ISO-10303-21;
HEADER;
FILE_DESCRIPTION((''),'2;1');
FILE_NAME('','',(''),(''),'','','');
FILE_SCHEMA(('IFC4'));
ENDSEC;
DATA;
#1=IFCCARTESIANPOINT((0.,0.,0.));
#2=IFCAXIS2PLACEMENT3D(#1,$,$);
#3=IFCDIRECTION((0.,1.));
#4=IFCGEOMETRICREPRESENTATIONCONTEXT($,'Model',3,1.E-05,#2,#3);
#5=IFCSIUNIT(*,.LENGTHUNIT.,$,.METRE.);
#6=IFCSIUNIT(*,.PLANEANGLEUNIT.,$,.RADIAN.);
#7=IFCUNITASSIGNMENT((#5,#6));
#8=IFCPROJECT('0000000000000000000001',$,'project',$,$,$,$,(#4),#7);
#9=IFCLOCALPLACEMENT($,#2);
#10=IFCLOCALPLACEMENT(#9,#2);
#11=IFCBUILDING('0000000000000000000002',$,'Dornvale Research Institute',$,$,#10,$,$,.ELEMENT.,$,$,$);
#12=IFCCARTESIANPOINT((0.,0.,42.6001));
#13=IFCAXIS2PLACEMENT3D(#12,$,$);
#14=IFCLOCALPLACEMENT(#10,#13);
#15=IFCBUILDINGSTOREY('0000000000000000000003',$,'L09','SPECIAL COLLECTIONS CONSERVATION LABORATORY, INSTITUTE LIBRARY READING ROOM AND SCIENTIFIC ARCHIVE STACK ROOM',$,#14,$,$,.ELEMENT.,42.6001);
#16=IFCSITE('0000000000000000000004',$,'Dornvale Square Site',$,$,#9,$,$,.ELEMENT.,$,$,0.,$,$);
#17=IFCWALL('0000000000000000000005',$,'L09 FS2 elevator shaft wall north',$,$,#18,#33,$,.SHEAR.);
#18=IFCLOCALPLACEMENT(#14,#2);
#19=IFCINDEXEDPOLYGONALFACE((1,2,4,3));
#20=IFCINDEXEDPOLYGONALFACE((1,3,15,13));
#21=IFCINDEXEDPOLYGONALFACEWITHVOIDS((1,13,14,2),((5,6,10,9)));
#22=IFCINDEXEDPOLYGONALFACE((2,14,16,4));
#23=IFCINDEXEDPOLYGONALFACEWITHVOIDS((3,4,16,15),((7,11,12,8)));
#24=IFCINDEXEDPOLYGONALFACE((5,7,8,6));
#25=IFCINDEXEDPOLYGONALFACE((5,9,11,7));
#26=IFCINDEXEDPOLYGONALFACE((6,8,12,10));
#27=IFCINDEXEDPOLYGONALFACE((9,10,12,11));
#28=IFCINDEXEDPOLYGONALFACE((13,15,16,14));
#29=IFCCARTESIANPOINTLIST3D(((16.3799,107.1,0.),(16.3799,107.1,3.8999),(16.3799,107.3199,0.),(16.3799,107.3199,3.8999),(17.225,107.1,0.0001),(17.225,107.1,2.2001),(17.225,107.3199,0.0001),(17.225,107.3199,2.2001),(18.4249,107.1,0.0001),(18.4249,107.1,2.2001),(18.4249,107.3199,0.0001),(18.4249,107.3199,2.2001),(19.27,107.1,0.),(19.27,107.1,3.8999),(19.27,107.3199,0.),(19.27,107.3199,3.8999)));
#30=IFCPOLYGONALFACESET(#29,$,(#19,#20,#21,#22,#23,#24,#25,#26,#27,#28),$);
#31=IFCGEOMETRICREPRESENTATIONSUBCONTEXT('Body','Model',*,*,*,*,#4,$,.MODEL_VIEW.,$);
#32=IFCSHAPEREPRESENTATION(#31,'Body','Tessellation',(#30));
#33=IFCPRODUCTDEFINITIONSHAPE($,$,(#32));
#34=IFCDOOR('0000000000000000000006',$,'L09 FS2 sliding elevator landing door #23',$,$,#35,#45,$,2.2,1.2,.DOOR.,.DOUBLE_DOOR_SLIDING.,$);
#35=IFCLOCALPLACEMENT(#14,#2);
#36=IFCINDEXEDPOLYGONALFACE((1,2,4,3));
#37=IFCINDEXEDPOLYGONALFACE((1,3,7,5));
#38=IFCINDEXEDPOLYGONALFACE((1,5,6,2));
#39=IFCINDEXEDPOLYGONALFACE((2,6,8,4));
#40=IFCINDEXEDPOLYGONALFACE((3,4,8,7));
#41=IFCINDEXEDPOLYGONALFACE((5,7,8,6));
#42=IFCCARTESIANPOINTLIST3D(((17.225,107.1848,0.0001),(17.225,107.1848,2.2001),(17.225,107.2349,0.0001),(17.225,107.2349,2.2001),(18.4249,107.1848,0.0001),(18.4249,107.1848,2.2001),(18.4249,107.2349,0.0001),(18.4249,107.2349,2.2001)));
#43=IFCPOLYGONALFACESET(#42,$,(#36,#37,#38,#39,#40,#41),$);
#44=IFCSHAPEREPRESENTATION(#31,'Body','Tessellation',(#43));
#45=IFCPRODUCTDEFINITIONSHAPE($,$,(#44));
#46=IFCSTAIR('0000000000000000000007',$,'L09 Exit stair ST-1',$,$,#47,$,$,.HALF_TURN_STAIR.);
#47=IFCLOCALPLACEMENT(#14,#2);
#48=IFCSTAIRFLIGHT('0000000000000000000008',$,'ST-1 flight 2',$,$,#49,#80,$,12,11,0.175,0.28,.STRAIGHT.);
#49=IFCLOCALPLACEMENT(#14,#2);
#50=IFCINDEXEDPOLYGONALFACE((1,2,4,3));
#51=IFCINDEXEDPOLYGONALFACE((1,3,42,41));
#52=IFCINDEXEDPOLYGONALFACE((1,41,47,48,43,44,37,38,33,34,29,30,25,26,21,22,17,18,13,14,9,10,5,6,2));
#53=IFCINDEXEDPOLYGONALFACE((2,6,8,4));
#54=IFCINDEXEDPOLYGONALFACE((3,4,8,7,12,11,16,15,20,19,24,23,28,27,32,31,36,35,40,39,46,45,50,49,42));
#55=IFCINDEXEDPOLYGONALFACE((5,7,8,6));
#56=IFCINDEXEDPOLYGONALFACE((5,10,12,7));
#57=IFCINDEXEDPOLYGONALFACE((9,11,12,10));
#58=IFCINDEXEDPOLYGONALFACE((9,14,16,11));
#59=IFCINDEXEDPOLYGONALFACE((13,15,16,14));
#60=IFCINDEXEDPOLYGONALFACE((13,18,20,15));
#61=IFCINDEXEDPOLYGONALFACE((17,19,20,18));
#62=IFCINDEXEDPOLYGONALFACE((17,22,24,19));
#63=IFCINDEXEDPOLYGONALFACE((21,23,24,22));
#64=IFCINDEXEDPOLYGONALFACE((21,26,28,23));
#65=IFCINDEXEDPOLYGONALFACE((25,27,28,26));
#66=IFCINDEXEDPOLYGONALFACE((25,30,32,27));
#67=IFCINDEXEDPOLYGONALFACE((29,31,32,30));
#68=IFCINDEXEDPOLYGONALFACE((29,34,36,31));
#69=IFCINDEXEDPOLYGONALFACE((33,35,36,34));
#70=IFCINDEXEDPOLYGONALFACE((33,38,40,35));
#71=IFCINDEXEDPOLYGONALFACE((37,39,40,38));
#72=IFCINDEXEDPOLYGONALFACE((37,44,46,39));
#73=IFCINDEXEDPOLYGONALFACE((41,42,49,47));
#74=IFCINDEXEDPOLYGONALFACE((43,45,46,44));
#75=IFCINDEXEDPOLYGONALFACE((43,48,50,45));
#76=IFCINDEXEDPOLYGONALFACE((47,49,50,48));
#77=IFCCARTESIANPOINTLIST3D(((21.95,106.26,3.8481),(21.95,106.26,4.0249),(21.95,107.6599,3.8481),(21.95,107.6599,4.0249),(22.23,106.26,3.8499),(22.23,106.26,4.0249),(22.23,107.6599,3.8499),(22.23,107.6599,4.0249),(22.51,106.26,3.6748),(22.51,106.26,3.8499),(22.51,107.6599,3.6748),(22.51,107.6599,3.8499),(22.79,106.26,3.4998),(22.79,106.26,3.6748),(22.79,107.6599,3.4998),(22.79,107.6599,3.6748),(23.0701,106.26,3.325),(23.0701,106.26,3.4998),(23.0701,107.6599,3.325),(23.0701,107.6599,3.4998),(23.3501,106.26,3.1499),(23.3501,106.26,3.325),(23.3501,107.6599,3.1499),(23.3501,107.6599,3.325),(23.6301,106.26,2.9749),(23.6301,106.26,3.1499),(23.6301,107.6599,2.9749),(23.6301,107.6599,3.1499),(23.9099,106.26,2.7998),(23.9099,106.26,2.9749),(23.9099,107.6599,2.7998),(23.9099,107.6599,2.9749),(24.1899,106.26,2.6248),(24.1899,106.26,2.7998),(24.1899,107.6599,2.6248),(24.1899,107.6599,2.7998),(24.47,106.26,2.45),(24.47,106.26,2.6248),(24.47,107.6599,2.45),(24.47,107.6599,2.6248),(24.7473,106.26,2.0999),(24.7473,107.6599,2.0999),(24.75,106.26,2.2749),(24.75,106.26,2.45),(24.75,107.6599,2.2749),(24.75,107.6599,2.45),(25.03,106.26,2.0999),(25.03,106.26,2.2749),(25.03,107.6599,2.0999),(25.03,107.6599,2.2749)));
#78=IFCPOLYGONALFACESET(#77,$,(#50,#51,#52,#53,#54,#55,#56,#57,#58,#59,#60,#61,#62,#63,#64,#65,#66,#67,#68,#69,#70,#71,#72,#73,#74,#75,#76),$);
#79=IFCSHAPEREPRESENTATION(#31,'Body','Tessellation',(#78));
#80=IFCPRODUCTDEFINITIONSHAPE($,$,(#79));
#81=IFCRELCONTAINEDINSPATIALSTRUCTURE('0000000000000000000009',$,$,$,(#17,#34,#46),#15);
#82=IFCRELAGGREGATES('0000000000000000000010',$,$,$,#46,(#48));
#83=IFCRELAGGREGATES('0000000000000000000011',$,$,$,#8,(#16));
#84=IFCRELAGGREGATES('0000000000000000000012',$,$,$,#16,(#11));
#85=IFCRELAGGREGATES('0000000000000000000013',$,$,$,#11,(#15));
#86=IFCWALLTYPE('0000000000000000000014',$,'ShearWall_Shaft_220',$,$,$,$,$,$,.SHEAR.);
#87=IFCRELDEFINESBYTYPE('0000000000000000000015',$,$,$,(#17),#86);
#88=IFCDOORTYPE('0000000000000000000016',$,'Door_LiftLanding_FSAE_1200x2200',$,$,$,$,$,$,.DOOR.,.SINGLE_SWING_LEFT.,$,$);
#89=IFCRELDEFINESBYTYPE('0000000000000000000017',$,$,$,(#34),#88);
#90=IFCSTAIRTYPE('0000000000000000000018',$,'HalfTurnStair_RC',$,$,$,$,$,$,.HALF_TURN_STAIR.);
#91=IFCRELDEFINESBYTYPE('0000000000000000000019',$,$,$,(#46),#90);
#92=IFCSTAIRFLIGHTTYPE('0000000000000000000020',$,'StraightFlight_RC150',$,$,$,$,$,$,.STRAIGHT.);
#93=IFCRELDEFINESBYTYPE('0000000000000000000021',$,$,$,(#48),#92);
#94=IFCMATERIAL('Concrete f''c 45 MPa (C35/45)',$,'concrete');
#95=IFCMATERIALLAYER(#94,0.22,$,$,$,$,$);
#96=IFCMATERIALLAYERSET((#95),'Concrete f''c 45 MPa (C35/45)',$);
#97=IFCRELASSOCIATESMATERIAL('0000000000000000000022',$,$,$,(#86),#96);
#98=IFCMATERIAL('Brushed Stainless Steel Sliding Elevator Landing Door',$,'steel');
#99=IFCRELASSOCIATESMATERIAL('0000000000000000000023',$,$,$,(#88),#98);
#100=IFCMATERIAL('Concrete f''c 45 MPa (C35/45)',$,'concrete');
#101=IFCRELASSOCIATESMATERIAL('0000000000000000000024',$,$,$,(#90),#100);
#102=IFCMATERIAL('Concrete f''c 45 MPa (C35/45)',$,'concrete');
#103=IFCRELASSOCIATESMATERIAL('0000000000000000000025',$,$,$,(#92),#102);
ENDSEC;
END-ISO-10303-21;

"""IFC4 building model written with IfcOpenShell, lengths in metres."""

from ifc_helpers import new_model, si_unit, direction, frame, frame_2d, origin, place, context, subcontext, project, spatial, polyline, rectangle, outline, extrude, material, layer, layer_set, type_object, element, fill, aggregate, save


model = new_model("IFC4")

# Units and contexts
model_context = context("Model", 3, precision=1e-05, world=origin(), true_north=direction((0.0, 1.0)))
body_context = subcontext(model_context, "Body", "Model", "MODEL_VIEW")
ifc_project = project(units=[si_unit("LENGTHUNIT", "METRE"), si_unit("PLANEANGLEUNIT", "RADIAN")], contexts=[model_context])

# Site, building, storey
site_placement = place(None, origin())
site = spatial("IfcSite", under=ifc_project, at=site_placement, Name="Dornvale Square Site", CompositionType="ELEMENT", RefElevation=0.0)
building_placement = place(site_placement, origin())
building = spatial("IfcBuilding", under=site, at=building_placement, Name="Dornvale Research Institute", CompositionType="ELEMENT")
storey_placement = place(building_placement, frame((0.0, 0.0, 42.6001)))
storey = spatial("IfcBuildingStorey", under=building, at=storey_placement, Name="L09", Description="SPECIAL COLLECTIONS CONSERVATION LABORATORY, INSTITUTE LIBRARY READING ROOM AND SCIENTIFIC ARCHIVE STACK ROOM", CompositionType="ELEMENT", Elevation=42.6001)

# Wall, opening, door
ifc_material_1 = material(Name="Concrete f'c 45 MPa (C35/45)", Category="concrete")
ifc_layer_1 = layer(ifc_material_1, 0.22)
ifc_layer_set_1 = layer_set([ifc_layer_1], Name="Concrete f'c 45 MPa (C35/45)")
wall_type_1 = type_object("IfcWallType", Name="ShearWall_Shaft_220", PredefinedType="SHEAR", material=ifc_layer_set_1)
ifc_material_2 = material(Name="Brushed Stainless Steel Sliding Elevator Landing Door", Category="steel")
door_type = type_object("IfcDoorType", Name="Door_LiftLanding_FSAE_1200x2200", OperationType="SINGLE_SWING_LEFT", PredefinedType="DOOR", material=ifc_material_2)
wall_1_placement = place(storey_placement, frame((16.3799, 107.21, 0.0), z_axis=(0.0, 0.0, 1.0), x_axis=(1.0, 0.0, 0.0)))
wall_1 = element("IfcWall", 1, at=wall_1_placement, inside=storey, type_object=wall_type_1, Name="L09 FS2 elevator shaft wall north", PredefinedType="SHEAR", context=body_context, shape_type="SweptSolid", body=[
    extrude(rectangle(XDim=2.8901, YDim=0.22, at=frame_2d((1.4451, 0.0))), origin(), (0.0, 0.0, 1.0), 3.8999),
])
opening_1_placement = place(wall_1_placement, frame((0.845, 0.0, 0.0)))
opening_1 = element("IfcOpeningElement", 2, at=opening_1_placement, cuts=wall_1, PredefinedType="OPENING", context=body_context, shape_type="SweptSolid", body=[
    extrude(rectangle(XDim=1.2, YDim=2.2, at=frame_2d((0.6001, 1.1001))), frame((0.0, 0.125, 0.0), z_axis=(0.0, -1.0, 0.0), x_axis=(1.0, 0.0, 0.0)), (0.0, 0.0, 1.0), 0.25),
])
door_1_placement = place(opening_1_placement, origin())
door_1 = element("IfcDoor", 3, at=door_1_placement, inside=storey, type_object=door_type, Name="L09 FS2 sliding elevator landing door #23", OperationType="DOUBLE_DOOR_SLIDING", OverallHeight=2.2, OverallWidth=1.2, PredefinedType="DOOR", context=body_context, shape_type="SweptSolid", body=[
    extrude(rectangle(XDim=1.2, YDim=2.2, at=frame_2d((0.6001, 1.1001))), frame((0.0, 0.0249, 0.0), z_axis=(0.0, -1.0, 0.0), x_axis=(1.0, 0.0, 0.0)), (0.0, 0.0, 1.0), 0.05),
])
fill(opening_1, door_1)

# Stair, stair flight
ifc_material_3 = material(Name="Concrete f'c 45 MPa (C35/45)", Category="concrete")
stair_type = type_object("IfcStairType", Name="HalfTurnStair_RC", PredefinedType="HALF_TURN_STAIR", material=ifc_material_3)
stair_placement = place(storey_placement, origin())
stair = element("IfcStair", 4, at=stair_placement, inside=storey, type_object=stair_type, Name="L09 Exit stair ST-1", PredefinedType="HALF_TURN_STAIR")
ifc_material_4 = material(Name="Concrete f'c 45 MPa (C35/45)", Category="concrete")
stair_flight_type = type_object("IfcStairFlightType", Name="StraightFlight_RC150", PredefinedType="STRAIGHT", material=ifc_material_4)
stair_flight_placement = place(storey_placement, frame((25.03, 106.96, 2.0999), z_axis=(0.0, 0.0, 1.0), x_axis=(-1.0, 0.0, 0.0)))
stair_flight = element("IfcStairFlight", 5, at=stair_flight_placement, type_object=stair_flight_type, Name="ST-1 flight 2", NumberOfRisers=12, NumberOfTreads=11, PredefinedType="STRAIGHT", RiserHeight=0.175, TreadLength=0.28, context=body_context, shape_type="SweptSolid", body=[
    extrude(outline(polyline([(0.0, 0.0), (0.0, 0.175), (0.28, 0.175), (0.28, 0.3501), (0.5601, 0.3501), (0.5601, 0.5249), (0.8401, 0.5249), (0.8401, 0.7), (1.1201, 0.7), (1.1201, 0.875), (1.3999, 0.875), (1.3999, 1.05), (1.6799, 1.05), (1.6799, 1.2251), (1.96, 1.2251), (1.96, 1.3999), (2.24, 1.3999), (2.24, 1.575), (2.52, 1.575), (2.52, 1.75), (2.8, 1.75), (2.8, 1.925), (3.0801, 1.925), (3.0801, 2.1001), (3.0801, 1.7483), (0.2827, 0.0), (0.0, 0.0)])), frame((0.0, 0.7, 0.0), z_axis=(0.0, -1.0, 0.0), x_axis=(1.0, 0.0, 0.0)), (0.0, 0.0, 1.0), 1.3999),
])
aggregate(stair, [stair_flight])

save(model, "model.ifc")
